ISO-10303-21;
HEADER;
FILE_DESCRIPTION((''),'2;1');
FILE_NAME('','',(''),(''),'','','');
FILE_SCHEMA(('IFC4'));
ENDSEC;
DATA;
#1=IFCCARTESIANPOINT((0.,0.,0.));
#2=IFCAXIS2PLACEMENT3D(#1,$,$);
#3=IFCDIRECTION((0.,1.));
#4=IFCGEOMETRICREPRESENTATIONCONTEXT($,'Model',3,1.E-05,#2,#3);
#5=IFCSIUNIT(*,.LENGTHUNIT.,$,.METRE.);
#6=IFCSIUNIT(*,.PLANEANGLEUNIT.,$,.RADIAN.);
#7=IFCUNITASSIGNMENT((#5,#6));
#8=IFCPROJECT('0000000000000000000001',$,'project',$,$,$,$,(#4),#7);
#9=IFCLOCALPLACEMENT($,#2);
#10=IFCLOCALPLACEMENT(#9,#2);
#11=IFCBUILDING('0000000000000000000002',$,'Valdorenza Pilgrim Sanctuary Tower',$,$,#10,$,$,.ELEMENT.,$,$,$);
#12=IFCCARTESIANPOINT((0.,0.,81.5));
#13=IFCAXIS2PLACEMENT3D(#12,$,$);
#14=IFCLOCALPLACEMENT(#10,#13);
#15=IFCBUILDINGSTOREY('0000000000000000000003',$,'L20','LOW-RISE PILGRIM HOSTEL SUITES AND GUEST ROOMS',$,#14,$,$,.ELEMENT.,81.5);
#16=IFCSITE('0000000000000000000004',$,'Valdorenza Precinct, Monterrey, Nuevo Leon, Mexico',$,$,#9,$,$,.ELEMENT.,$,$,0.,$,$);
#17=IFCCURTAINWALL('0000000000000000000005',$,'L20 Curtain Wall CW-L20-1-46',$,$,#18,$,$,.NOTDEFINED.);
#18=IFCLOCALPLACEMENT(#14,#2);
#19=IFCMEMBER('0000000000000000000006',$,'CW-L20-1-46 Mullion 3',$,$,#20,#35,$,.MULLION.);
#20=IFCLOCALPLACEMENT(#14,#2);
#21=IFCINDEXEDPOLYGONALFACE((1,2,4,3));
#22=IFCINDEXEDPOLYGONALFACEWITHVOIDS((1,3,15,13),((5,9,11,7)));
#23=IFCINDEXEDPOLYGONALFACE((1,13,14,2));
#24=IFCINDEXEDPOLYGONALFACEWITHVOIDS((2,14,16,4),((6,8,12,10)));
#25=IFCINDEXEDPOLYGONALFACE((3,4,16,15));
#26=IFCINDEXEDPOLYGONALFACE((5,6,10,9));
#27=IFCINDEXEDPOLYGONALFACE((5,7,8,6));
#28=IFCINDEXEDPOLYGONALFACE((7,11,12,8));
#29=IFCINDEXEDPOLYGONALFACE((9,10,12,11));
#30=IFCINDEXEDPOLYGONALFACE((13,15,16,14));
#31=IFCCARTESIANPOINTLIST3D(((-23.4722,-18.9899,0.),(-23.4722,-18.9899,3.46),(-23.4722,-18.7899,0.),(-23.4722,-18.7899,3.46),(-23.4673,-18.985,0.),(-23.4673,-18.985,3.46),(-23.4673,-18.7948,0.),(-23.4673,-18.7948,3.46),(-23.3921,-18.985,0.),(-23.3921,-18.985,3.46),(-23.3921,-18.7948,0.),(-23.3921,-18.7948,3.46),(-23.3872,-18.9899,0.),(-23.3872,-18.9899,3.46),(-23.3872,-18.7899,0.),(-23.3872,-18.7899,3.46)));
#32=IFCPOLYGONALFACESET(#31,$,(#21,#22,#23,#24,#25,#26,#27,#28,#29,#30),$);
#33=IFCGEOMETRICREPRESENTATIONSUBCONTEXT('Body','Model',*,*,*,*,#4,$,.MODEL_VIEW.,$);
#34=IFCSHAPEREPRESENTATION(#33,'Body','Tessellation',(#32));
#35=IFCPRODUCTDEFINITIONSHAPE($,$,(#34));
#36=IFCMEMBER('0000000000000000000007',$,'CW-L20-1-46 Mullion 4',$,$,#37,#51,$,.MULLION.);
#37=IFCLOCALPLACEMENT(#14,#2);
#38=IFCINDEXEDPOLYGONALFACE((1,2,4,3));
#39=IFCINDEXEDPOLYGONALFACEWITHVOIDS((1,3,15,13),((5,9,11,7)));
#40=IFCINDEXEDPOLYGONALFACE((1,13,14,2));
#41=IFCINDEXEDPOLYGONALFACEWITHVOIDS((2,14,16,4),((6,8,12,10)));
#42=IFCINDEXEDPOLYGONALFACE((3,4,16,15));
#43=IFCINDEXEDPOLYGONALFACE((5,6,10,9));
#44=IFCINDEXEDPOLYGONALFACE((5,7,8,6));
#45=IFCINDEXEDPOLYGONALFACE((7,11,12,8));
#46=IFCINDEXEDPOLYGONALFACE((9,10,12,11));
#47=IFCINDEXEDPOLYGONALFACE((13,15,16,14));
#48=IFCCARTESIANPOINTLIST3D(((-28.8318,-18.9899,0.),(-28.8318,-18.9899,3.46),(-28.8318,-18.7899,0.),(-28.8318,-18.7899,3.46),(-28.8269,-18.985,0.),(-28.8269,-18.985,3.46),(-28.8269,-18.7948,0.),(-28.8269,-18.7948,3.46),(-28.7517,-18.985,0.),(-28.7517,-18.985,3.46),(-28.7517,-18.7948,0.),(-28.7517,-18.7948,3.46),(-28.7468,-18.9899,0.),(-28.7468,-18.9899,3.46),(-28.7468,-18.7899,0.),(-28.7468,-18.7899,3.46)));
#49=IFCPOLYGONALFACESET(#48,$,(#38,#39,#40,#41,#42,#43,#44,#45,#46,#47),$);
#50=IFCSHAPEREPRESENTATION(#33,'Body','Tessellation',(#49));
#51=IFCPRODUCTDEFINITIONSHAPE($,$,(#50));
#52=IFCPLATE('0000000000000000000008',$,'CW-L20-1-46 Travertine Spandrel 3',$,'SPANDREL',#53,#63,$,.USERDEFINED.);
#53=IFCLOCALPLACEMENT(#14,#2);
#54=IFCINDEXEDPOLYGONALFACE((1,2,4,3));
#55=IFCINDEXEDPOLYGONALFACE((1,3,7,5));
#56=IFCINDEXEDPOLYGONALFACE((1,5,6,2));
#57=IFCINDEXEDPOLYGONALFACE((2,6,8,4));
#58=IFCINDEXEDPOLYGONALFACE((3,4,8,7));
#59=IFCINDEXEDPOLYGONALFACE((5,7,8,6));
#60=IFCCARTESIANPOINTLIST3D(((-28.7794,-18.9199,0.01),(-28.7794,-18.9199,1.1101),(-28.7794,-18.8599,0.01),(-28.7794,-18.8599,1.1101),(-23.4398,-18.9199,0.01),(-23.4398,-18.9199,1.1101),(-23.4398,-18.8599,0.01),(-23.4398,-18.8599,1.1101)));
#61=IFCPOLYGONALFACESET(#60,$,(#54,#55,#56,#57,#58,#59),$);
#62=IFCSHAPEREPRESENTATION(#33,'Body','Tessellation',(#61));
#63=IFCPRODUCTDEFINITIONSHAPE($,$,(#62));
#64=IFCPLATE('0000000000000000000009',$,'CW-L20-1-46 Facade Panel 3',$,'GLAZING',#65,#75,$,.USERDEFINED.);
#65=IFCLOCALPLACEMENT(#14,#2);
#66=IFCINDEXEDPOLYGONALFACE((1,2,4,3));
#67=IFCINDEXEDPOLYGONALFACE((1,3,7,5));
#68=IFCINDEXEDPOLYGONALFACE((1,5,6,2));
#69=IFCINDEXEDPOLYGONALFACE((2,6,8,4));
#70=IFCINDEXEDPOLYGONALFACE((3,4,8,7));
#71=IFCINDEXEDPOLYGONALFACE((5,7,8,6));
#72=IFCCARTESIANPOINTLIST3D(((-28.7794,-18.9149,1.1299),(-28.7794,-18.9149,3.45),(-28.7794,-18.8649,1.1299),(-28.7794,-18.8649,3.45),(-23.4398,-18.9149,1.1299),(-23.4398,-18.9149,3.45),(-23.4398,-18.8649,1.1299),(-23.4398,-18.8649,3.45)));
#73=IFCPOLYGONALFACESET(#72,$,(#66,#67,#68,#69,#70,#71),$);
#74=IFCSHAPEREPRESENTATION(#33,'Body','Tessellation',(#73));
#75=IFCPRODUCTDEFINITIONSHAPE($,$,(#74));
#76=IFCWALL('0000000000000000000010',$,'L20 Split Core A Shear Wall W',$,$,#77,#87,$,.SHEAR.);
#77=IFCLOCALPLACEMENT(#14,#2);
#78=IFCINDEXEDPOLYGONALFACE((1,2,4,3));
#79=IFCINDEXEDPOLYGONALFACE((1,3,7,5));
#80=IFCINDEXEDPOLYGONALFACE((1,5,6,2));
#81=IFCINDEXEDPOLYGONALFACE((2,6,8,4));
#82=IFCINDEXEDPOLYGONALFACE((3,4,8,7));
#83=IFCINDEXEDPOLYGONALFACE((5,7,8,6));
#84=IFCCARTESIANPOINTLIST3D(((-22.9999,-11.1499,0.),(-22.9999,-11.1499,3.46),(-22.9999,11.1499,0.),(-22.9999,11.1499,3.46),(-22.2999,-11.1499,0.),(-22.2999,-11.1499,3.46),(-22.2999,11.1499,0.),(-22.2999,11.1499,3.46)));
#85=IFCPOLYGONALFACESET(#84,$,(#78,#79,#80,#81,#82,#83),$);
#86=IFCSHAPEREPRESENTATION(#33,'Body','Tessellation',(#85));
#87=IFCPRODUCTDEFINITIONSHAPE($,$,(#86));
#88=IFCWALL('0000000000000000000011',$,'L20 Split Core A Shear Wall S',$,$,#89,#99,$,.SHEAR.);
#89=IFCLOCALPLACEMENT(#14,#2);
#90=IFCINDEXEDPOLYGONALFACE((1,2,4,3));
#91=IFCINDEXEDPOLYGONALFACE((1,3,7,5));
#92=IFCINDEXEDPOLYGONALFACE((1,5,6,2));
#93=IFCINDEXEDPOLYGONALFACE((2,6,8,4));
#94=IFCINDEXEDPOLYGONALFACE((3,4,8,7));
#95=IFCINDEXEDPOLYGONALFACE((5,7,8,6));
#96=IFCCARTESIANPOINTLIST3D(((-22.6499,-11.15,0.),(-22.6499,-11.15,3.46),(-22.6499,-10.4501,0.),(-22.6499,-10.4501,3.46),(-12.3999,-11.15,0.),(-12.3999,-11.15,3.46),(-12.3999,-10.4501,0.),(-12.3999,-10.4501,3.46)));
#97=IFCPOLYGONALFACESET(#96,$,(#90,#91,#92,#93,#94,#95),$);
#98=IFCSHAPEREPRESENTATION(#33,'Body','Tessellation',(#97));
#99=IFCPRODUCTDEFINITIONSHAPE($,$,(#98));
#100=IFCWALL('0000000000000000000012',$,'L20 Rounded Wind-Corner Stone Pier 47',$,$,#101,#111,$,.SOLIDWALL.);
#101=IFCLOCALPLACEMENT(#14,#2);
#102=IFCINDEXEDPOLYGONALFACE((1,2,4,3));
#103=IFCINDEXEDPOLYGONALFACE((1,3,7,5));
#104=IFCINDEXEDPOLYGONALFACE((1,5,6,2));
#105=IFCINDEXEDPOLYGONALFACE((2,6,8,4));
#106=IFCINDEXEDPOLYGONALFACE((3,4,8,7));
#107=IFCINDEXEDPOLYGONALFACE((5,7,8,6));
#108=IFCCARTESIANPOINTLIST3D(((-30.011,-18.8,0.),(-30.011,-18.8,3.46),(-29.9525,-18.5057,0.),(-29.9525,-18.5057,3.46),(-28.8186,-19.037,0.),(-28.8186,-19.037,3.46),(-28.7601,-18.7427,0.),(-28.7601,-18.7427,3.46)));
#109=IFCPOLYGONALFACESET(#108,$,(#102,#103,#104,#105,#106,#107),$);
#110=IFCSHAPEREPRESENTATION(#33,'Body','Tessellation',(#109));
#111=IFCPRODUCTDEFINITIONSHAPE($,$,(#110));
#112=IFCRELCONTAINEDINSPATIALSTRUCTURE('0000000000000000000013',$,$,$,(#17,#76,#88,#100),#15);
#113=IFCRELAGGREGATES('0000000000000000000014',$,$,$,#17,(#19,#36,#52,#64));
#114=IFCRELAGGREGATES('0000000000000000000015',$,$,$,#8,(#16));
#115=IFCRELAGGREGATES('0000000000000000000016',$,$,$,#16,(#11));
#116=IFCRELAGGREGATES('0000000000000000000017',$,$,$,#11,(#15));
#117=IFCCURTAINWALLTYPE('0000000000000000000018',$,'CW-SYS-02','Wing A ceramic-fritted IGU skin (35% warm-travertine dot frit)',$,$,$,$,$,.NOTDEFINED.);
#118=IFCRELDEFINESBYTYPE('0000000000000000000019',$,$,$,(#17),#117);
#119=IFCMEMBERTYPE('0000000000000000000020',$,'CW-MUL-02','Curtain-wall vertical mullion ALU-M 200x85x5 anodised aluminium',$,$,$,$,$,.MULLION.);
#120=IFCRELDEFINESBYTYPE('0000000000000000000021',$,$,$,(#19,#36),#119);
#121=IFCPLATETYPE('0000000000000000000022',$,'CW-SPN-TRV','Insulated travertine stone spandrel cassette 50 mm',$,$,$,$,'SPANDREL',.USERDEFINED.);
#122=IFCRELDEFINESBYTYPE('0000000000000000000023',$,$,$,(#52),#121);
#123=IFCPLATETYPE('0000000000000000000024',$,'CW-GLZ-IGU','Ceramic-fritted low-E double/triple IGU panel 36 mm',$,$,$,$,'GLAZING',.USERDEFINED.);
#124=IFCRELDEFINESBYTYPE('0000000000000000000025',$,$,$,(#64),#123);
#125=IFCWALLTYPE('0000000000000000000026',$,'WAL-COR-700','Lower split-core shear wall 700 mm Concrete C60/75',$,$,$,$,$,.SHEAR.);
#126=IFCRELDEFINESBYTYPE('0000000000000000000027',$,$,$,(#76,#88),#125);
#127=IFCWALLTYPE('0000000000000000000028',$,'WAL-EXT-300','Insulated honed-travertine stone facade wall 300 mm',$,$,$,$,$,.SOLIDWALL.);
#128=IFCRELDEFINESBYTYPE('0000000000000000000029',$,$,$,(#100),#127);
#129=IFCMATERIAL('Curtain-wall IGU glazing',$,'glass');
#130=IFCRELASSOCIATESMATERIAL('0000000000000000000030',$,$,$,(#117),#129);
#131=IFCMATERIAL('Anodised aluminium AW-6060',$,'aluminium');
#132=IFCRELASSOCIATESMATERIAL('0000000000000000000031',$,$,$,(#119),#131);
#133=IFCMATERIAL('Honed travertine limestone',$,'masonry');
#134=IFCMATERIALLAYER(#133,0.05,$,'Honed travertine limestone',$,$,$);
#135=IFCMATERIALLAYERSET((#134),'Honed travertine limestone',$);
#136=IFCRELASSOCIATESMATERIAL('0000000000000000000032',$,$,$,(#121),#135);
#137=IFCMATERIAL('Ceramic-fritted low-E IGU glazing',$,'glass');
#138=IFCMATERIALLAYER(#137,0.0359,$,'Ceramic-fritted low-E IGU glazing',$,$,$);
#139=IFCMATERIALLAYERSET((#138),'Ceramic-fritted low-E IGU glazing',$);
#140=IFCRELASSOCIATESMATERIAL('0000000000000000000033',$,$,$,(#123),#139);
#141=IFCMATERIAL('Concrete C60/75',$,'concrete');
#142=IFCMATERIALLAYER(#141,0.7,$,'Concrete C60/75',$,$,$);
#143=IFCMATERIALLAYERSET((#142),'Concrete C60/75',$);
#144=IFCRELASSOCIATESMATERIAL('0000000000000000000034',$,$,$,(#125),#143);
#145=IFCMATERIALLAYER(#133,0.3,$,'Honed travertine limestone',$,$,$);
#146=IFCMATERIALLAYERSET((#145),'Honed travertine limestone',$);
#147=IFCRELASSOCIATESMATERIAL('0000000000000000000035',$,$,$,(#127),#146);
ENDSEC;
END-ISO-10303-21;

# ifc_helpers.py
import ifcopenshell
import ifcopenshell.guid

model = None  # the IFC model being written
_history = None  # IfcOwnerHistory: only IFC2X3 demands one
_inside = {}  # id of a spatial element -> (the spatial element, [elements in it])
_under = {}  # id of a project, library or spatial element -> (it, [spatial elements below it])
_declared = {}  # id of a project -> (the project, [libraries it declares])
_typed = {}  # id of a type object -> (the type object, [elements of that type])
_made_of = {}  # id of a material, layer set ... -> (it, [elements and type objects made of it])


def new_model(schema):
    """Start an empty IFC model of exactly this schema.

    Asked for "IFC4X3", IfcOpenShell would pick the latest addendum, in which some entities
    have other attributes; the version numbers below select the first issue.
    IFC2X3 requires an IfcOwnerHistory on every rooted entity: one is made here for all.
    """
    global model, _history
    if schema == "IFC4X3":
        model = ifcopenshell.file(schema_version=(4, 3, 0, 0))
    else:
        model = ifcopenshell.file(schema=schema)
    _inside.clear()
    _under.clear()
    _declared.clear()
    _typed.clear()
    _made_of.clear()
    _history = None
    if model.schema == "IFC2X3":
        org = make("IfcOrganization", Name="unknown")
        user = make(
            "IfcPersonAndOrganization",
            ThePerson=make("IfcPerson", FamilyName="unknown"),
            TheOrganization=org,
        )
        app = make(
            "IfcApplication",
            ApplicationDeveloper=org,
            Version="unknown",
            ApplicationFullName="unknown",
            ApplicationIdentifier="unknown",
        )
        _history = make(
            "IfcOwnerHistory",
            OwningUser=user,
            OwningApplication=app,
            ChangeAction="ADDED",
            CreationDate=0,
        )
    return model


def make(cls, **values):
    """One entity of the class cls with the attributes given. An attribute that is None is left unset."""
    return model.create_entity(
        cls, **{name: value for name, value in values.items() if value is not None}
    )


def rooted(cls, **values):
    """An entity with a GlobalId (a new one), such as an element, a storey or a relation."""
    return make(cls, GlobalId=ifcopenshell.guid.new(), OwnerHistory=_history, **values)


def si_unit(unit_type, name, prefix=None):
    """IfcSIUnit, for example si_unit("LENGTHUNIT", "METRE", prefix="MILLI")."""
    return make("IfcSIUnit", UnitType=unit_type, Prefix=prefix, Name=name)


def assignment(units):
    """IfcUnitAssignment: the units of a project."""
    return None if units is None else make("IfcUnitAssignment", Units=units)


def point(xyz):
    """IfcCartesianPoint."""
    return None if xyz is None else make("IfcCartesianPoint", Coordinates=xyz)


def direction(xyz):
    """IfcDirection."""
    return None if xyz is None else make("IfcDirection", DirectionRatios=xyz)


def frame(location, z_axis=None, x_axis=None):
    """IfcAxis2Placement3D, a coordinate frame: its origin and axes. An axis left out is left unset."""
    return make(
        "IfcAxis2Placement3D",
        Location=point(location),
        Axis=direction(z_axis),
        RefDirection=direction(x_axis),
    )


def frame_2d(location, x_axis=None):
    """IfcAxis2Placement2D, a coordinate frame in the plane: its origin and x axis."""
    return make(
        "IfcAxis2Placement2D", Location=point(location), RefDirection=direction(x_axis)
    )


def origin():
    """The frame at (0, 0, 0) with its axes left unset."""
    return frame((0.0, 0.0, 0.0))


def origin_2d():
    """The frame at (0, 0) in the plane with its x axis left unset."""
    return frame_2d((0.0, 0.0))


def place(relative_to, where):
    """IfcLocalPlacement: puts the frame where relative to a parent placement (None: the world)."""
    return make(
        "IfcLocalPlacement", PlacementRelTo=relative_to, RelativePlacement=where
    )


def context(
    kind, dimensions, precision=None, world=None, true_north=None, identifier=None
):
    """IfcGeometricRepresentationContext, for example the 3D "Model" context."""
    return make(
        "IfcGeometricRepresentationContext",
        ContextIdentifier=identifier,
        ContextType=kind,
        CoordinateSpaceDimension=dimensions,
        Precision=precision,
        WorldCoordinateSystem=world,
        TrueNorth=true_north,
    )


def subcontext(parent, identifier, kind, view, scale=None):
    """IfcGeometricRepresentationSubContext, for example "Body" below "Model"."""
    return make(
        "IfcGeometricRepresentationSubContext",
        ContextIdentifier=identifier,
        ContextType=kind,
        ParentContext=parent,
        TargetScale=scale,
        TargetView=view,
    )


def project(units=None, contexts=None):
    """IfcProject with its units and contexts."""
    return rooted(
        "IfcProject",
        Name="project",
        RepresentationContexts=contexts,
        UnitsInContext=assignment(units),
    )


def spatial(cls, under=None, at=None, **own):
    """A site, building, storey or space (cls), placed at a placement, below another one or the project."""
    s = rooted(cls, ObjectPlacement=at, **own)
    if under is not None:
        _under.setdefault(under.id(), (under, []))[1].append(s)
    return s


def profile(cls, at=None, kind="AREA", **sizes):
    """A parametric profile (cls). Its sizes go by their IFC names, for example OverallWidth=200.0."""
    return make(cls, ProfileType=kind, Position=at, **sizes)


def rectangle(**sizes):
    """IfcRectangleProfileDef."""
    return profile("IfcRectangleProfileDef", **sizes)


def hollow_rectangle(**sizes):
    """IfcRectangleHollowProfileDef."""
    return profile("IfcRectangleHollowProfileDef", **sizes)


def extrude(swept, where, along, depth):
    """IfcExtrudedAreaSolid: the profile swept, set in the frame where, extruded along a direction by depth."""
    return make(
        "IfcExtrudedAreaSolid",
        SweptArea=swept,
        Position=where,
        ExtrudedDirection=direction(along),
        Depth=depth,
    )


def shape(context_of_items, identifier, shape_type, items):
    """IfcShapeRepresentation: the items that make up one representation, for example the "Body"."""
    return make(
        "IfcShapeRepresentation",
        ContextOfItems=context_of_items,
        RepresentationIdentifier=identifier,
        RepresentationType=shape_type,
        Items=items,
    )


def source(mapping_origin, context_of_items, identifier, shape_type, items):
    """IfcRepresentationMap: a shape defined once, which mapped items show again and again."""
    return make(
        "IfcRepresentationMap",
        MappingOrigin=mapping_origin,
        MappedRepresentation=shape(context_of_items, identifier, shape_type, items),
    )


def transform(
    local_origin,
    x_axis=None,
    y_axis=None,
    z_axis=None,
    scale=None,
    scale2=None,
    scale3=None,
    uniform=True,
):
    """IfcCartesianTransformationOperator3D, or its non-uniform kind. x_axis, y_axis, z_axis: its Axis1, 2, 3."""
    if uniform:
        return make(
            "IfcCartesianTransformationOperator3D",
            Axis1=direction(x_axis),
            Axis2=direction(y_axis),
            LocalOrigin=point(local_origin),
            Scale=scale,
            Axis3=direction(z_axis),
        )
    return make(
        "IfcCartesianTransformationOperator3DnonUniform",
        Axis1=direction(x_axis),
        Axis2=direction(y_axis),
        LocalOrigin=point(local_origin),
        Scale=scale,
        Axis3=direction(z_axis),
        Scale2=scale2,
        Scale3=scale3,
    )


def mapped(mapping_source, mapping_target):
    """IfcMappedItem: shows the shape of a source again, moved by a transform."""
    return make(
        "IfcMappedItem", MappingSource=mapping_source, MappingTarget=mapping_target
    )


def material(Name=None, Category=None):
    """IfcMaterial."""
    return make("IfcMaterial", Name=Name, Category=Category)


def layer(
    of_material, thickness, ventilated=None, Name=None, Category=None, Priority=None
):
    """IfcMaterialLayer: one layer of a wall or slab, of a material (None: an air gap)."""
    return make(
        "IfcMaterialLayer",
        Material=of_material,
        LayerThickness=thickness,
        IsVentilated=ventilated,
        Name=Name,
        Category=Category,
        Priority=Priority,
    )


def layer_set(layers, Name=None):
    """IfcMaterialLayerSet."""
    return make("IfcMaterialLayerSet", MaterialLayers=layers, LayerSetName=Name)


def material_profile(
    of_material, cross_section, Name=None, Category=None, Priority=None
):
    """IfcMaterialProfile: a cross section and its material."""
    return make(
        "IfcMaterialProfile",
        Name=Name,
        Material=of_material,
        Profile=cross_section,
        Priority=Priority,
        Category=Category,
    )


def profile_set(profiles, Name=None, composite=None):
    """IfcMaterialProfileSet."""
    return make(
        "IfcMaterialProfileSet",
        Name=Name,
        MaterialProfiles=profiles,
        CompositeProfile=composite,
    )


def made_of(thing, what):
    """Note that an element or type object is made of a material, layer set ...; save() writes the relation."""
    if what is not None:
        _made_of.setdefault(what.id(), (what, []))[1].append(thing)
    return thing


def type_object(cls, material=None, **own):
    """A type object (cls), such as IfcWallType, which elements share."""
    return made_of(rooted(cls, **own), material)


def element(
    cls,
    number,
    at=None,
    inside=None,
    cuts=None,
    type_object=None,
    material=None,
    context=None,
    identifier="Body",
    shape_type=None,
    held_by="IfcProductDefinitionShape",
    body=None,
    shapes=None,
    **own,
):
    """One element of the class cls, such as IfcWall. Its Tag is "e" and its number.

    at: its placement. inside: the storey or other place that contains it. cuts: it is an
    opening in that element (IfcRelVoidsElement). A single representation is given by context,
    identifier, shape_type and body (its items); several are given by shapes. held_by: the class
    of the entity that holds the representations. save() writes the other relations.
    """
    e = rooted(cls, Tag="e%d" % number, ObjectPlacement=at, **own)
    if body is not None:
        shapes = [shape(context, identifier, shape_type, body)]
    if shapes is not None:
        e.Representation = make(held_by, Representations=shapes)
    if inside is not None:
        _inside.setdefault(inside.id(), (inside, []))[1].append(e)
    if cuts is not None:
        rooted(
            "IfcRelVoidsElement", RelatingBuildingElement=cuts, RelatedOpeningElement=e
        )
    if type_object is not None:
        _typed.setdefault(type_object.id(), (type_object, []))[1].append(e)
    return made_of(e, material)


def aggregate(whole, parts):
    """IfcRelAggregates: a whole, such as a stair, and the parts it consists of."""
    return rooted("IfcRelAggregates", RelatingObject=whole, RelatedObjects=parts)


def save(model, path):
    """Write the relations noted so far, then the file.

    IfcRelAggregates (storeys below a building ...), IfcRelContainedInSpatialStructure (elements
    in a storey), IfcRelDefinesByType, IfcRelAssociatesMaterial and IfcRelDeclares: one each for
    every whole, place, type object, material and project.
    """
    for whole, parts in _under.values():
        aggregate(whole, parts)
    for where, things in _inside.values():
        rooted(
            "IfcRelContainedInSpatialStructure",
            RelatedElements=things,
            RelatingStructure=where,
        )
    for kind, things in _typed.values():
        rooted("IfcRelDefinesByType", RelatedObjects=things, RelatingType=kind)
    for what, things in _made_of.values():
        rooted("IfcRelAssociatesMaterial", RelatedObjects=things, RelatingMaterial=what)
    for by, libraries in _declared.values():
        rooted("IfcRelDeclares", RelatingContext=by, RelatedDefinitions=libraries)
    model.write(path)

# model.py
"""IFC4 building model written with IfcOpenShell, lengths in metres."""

from ifc_helpers import new_model, si_unit, direction, frame, frame_2d, origin, origin_2d, place, context, subcontext, project, spatial, rectangle, hollow_rectangle, extrude, source, transform, mapped, material, layer, layer_set, material_profile, profile_set, type_object, element, aggregate, save


model = new_model("IFC4")

# Units and contexts
model_context = context("Model", 3, precision=1e-05, world=origin(), true_north=direction((0.0, 1.0)))
body_context = subcontext(model_context, "Body", "Model", "MODEL_VIEW")
ifc_project = project(units=[si_unit("LENGTHUNIT", "METRE"), si_unit("PLANEANGLEUNIT", "RADIAN")], contexts=[model_context])

# Site, building, storey
site_placement = place(None, origin())
site = spatial("IfcSite", under=ifc_project, at=site_placement, Name="Valdorenza Precinct, Monterrey, Nuevo Leon, Mexico", CompositionType="ELEMENT", RefElevation=0.0)
building_placement = place(site_placement, origin())
building = spatial("IfcBuilding", under=site, at=building_placement, Name="Valdorenza Pilgrim Sanctuary Tower", CompositionType="ELEMENT")
storey_placement = place(building_placement, frame((0.0, 0.0, 81.5)))
storey = spatial("IfcBuildingStorey", under=building, at=storey_placement, Name="L20", Description="LOW-RISE PILGRIM HOSTEL SUITES AND GUEST ROOMS", CompositionType="ELEMENT", Elevation=81.5)

# Shared definitions
ifc_material_1 = material(Name="Concrete C60/75", Category="concrete")

# Curtain wall, members, plates
ifc_material_2 = material(Name="Curtain-wall IGU glazing", Category="glass")
curtain_wall_type = type_object("IfcCurtainWallType", Name="CW-SYS-02", Description="Wing A ceramic-fritted IGU skin (35% warm-travertine dot frit)", PredefinedType="NOTDEFINED", material=ifc_material_2)
curtain_wall_placement = place(storey_placement, origin())
curtain_wall = element("IfcCurtainWall", 1, at=curtain_wall_placement, inside=storey, type_object=curtain_wall_type, Name="L20 Curtain Wall CW-L20-1-46", PredefinedType="NOTDEFINED")
ifc_material_3 = material(Name="Anodised aluminium AW-6060", Category="aluminium")
ifc_material_profile_1 = material_profile(ifc_material_3, hollow_rectangle(XDim=0.085, YDim=0.2, WallThickness=0.0049, at=origin_2d()), Name="ALU-M 200x85x5")
ifc_profile_set_1 = profile_set([ifc_material_profile_1], Name="Anodised aluminium AW-6060")
member_type = type_object("IfcMemberType", Name="CW-MUL-02", Description="Curtain-wall vertical mullion ALU-M 200x85x5 anodised aluminium", PredefinedType="MULLION", material=ifc_profile_set_1)
shared_shape_1 = source(origin(), body_context, "Body", "SweptSolid", [
    extrude(hollow_rectangle(XDim=0.085, YDim=0.2, WallThickness=0.0049, at=origin_2d()), origin(), (0.0, 0.0, 1.0), 3.46),
])
member_1_placement = place(storey_placement, frame((-23.4297, -18.8899, 0.0), z_axis=(0.0, 0.0, 1.0), x_axis=(-1.0, 0.0, 0.0)))
member_1 = element("IfcMember", 2, at=member_1_placement, type_object=member_type, Name="CW-L20-1-46 Mullion 3", PredefinedType="MULLION", context=body_context, shape_type="MappedRepresentation", body=[
    mapped(shared_shape_1, transform((0.0, 0.0, 0.0), x_axis=(1.0, 0.0, 0.0), y_axis=(0.0, 1.0, 0.0), z_axis=(0.0, 0.0, 1.0), scale=1.0)),
])
member_2_placement = place(storey_placement, frame((-28.7893, -18.8899, 0.0), z_axis=(0.0, 0.0, 1.0), x_axis=(-1.0, 0.0, 0.0)))
member_2 = element("IfcMember", 3, at=member_2_placement, type_object=member_type, Name="CW-L20-1-46 Mullion 4", PredefinedType="MULLION", context=body_context, shape_type="MappedRepresentation", body=[
    mapped(shared_shape_1, transform((0.0, 0.0, 0.0), x_axis=(1.0, 0.0, 0.0), y_axis=(0.0, 1.0, 0.0), z_axis=(0.0, 0.0, 1.0), scale=1.0)),
])
ifc_material_4 = material(Name="Honed travertine limestone", Category="masonry")
ifc_layer_1 = layer(ifc_material_4, 0.05, Name="Honed travertine limestone")
ifc_layer_set_1 = layer_set([ifc_layer_1], Name="Honed travertine limestone")
plate_type_1 = type_object("IfcPlateType", Name="CW-SPN-TRV", Description="Insulated travertine stone spandrel cassette 50 mm", ElementType="SPANDREL", PredefinedType="USERDEFINED", material=ifc_layer_set_1)
shared_shape_2 = source(origin(), body_context, "Body", "SweptSolid", [
    extrude(rectangle(XDim=5.3396, YDim=0.0601, at=origin_2d()), origin(), (0.0, 0.0, 1.0), 1.1001),
])
plate_1_placement = place(storey_placement, frame((-26.1096, -18.8899, 0.01), z_axis=(0.0, 0.0, 1.0), x_axis=(-1.0, 0.0, 0.0)))
plate_1 = element("IfcPlate", 4, at=plate_1_placement, type_object=plate_type_1, Name="CW-L20-1-46 Travertine Spandrel 3", ObjectType="SPANDREL", PredefinedType="USERDEFINED", context=body_context, shape_type="MappedRepresentation", body=[
    mapped(shared_shape_2, transform((0.0, 0.0, 0.0), x_axis=(1.0, 0.0, 0.0), y_axis=(0.0, 1.0, 0.0), z_axis=(0.0, 0.0, 1.0), scale=1.0)),
])
ifc_material_5 = material(Name="Ceramic-fritted low-E IGU glazing", Category="glass")
ifc_layer_2 = layer(ifc_material_5, 0.0359, Name="Ceramic-fritted low-E IGU glazing")
ifc_layer_set_2 = layer_set([ifc_layer_2], Name="Ceramic-fritted low-E IGU glazing")
plate_type_2 = type_object("IfcPlateType", Name="CW-GLZ-IGU", Description="Ceramic-fritted low-E double/triple IGU panel 36 mm", ElementType="GLAZING", PredefinedType="USERDEFINED", material=ifc_layer_set_2)
shared_shape_3 = source(origin(), body_context, "Body", "SweptSolid", [
    extrude(rectangle(XDim=5.3396, YDim=0.05, at=origin_2d()), origin(), (0.0, 0.0, 1.0), 2.3201),
])
plate_2_placement = place(storey_placement, frame((-26.1096, -18.8899, 1.1299), z_axis=(0.0, 0.0, 1.0), x_axis=(-1.0, 0.0, 0.0)))
plate_2 = element("IfcPlate", 5, at=plate_2_placement, type_object=plate_type_2, Name="CW-L20-1-46 Facade Panel 3", ObjectType="GLAZING", PredefinedType="USERDEFINED", context=body_context, shape_type="MappedRepresentation", body=[
    mapped(shared_shape_3, transform((0.0, 0.0, 0.0), x_axis=(1.0, 0.0, 0.0), y_axis=(0.0, 1.0, 0.0), z_axis=(0.0, 0.0, 1.0), scale=1.0)),
])
aggregate(curtain_wall, [member_1, member_2, plate_1, plate_2])

# Walls
ifc_layer_3 = layer(ifc_material_1, 0.7, Name="Concrete C60/75")
ifc_layer_set_3 = layer_set([ifc_layer_3], Name="Concrete C60/75")
wall_type_1 = type_object("IfcWallType", Name="WAL-COR-700", Description="Lower split-core shear wall 700 mm Concrete C60/75", PredefinedType="SHEAR", material=ifc_layer_set_3)
wall_1_placement = place(storey_placement, frame((-22.6499, -11.1499, 0.0), z_axis=(0.0, 0.0, 1.0), x_axis=(0.0, 1.0, 0.0)))
element("IfcWall", 6, at=wall_1_placement, inside=storey, type_object=wall_type_1, Name="L20 Split Core A Shear Wall W", PredefinedType="SHEAR", context=body_context, shape_type="SweptSolid", body=[
    extrude(rectangle(XDim=22.2998, YDim=0.7, at=frame_2d((11.1499, 0.0))), origin(), (0.0, 0.0, 1.0), 3.46),
])
wall_2_placement = place(storey_placement, frame((-22.6499, -10.8, 0.0), z_axis=(0.0, 0.0, 1.0), x_axis=(1.0, 0.0, 0.0)))
element("IfcWall", 7, at=wall_2_placement, inside=storey, type_object=wall_type_1, Name="L20 Split Core A Shear Wall S", PredefinedType="SHEAR", context=body_context, shape_type="SweptSolid", body=[
    extrude(rectangle(XDim=10.25, YDim=0.7, at=frame_2d((5.125, 0.0))), origin(), (0.0, 0.0, 1.0), 3.46),
])
ifc_layer_4 = layer(ifc_material_4, 0.3, Name="Honed travertine limestone")
ifc_layer_set_4 = layer_set([ifc_layer_4], Name="Honed travertine limestone")
wall_type_2 = type_object("IfcWallType", Name="WAL-EXT-300", Description="Insulated honed-travertine stone facade wall 300 mm", PredefinedType="SOLIDWALL", material=ifc_layer_set_4)
wall_3_placement = place(storey_placement, frame((-28.7893, -18.8899, 0.0), z_axis=(0.0, 0.0, 1.0), x_axis=(-0.980804, 0.194996, 0.0)))
element("IfcWall", 8, at=wall_3_placement, inside=storey, type_object=wall_type_2, Name="L20 Rounded Wind-Corner Stone Pier 47", PredefinedType="SOLIDWALL", context=body_context, shape_type="SweptSolid", body=[
    extrude(rectangle(XDim=1.2158, YDim=0.3, at=frame_2d((0.6079, 0.0))), origin(), (0.0, 0.0, 1.0), 3.46),
])

save(model, "model.ifc")
